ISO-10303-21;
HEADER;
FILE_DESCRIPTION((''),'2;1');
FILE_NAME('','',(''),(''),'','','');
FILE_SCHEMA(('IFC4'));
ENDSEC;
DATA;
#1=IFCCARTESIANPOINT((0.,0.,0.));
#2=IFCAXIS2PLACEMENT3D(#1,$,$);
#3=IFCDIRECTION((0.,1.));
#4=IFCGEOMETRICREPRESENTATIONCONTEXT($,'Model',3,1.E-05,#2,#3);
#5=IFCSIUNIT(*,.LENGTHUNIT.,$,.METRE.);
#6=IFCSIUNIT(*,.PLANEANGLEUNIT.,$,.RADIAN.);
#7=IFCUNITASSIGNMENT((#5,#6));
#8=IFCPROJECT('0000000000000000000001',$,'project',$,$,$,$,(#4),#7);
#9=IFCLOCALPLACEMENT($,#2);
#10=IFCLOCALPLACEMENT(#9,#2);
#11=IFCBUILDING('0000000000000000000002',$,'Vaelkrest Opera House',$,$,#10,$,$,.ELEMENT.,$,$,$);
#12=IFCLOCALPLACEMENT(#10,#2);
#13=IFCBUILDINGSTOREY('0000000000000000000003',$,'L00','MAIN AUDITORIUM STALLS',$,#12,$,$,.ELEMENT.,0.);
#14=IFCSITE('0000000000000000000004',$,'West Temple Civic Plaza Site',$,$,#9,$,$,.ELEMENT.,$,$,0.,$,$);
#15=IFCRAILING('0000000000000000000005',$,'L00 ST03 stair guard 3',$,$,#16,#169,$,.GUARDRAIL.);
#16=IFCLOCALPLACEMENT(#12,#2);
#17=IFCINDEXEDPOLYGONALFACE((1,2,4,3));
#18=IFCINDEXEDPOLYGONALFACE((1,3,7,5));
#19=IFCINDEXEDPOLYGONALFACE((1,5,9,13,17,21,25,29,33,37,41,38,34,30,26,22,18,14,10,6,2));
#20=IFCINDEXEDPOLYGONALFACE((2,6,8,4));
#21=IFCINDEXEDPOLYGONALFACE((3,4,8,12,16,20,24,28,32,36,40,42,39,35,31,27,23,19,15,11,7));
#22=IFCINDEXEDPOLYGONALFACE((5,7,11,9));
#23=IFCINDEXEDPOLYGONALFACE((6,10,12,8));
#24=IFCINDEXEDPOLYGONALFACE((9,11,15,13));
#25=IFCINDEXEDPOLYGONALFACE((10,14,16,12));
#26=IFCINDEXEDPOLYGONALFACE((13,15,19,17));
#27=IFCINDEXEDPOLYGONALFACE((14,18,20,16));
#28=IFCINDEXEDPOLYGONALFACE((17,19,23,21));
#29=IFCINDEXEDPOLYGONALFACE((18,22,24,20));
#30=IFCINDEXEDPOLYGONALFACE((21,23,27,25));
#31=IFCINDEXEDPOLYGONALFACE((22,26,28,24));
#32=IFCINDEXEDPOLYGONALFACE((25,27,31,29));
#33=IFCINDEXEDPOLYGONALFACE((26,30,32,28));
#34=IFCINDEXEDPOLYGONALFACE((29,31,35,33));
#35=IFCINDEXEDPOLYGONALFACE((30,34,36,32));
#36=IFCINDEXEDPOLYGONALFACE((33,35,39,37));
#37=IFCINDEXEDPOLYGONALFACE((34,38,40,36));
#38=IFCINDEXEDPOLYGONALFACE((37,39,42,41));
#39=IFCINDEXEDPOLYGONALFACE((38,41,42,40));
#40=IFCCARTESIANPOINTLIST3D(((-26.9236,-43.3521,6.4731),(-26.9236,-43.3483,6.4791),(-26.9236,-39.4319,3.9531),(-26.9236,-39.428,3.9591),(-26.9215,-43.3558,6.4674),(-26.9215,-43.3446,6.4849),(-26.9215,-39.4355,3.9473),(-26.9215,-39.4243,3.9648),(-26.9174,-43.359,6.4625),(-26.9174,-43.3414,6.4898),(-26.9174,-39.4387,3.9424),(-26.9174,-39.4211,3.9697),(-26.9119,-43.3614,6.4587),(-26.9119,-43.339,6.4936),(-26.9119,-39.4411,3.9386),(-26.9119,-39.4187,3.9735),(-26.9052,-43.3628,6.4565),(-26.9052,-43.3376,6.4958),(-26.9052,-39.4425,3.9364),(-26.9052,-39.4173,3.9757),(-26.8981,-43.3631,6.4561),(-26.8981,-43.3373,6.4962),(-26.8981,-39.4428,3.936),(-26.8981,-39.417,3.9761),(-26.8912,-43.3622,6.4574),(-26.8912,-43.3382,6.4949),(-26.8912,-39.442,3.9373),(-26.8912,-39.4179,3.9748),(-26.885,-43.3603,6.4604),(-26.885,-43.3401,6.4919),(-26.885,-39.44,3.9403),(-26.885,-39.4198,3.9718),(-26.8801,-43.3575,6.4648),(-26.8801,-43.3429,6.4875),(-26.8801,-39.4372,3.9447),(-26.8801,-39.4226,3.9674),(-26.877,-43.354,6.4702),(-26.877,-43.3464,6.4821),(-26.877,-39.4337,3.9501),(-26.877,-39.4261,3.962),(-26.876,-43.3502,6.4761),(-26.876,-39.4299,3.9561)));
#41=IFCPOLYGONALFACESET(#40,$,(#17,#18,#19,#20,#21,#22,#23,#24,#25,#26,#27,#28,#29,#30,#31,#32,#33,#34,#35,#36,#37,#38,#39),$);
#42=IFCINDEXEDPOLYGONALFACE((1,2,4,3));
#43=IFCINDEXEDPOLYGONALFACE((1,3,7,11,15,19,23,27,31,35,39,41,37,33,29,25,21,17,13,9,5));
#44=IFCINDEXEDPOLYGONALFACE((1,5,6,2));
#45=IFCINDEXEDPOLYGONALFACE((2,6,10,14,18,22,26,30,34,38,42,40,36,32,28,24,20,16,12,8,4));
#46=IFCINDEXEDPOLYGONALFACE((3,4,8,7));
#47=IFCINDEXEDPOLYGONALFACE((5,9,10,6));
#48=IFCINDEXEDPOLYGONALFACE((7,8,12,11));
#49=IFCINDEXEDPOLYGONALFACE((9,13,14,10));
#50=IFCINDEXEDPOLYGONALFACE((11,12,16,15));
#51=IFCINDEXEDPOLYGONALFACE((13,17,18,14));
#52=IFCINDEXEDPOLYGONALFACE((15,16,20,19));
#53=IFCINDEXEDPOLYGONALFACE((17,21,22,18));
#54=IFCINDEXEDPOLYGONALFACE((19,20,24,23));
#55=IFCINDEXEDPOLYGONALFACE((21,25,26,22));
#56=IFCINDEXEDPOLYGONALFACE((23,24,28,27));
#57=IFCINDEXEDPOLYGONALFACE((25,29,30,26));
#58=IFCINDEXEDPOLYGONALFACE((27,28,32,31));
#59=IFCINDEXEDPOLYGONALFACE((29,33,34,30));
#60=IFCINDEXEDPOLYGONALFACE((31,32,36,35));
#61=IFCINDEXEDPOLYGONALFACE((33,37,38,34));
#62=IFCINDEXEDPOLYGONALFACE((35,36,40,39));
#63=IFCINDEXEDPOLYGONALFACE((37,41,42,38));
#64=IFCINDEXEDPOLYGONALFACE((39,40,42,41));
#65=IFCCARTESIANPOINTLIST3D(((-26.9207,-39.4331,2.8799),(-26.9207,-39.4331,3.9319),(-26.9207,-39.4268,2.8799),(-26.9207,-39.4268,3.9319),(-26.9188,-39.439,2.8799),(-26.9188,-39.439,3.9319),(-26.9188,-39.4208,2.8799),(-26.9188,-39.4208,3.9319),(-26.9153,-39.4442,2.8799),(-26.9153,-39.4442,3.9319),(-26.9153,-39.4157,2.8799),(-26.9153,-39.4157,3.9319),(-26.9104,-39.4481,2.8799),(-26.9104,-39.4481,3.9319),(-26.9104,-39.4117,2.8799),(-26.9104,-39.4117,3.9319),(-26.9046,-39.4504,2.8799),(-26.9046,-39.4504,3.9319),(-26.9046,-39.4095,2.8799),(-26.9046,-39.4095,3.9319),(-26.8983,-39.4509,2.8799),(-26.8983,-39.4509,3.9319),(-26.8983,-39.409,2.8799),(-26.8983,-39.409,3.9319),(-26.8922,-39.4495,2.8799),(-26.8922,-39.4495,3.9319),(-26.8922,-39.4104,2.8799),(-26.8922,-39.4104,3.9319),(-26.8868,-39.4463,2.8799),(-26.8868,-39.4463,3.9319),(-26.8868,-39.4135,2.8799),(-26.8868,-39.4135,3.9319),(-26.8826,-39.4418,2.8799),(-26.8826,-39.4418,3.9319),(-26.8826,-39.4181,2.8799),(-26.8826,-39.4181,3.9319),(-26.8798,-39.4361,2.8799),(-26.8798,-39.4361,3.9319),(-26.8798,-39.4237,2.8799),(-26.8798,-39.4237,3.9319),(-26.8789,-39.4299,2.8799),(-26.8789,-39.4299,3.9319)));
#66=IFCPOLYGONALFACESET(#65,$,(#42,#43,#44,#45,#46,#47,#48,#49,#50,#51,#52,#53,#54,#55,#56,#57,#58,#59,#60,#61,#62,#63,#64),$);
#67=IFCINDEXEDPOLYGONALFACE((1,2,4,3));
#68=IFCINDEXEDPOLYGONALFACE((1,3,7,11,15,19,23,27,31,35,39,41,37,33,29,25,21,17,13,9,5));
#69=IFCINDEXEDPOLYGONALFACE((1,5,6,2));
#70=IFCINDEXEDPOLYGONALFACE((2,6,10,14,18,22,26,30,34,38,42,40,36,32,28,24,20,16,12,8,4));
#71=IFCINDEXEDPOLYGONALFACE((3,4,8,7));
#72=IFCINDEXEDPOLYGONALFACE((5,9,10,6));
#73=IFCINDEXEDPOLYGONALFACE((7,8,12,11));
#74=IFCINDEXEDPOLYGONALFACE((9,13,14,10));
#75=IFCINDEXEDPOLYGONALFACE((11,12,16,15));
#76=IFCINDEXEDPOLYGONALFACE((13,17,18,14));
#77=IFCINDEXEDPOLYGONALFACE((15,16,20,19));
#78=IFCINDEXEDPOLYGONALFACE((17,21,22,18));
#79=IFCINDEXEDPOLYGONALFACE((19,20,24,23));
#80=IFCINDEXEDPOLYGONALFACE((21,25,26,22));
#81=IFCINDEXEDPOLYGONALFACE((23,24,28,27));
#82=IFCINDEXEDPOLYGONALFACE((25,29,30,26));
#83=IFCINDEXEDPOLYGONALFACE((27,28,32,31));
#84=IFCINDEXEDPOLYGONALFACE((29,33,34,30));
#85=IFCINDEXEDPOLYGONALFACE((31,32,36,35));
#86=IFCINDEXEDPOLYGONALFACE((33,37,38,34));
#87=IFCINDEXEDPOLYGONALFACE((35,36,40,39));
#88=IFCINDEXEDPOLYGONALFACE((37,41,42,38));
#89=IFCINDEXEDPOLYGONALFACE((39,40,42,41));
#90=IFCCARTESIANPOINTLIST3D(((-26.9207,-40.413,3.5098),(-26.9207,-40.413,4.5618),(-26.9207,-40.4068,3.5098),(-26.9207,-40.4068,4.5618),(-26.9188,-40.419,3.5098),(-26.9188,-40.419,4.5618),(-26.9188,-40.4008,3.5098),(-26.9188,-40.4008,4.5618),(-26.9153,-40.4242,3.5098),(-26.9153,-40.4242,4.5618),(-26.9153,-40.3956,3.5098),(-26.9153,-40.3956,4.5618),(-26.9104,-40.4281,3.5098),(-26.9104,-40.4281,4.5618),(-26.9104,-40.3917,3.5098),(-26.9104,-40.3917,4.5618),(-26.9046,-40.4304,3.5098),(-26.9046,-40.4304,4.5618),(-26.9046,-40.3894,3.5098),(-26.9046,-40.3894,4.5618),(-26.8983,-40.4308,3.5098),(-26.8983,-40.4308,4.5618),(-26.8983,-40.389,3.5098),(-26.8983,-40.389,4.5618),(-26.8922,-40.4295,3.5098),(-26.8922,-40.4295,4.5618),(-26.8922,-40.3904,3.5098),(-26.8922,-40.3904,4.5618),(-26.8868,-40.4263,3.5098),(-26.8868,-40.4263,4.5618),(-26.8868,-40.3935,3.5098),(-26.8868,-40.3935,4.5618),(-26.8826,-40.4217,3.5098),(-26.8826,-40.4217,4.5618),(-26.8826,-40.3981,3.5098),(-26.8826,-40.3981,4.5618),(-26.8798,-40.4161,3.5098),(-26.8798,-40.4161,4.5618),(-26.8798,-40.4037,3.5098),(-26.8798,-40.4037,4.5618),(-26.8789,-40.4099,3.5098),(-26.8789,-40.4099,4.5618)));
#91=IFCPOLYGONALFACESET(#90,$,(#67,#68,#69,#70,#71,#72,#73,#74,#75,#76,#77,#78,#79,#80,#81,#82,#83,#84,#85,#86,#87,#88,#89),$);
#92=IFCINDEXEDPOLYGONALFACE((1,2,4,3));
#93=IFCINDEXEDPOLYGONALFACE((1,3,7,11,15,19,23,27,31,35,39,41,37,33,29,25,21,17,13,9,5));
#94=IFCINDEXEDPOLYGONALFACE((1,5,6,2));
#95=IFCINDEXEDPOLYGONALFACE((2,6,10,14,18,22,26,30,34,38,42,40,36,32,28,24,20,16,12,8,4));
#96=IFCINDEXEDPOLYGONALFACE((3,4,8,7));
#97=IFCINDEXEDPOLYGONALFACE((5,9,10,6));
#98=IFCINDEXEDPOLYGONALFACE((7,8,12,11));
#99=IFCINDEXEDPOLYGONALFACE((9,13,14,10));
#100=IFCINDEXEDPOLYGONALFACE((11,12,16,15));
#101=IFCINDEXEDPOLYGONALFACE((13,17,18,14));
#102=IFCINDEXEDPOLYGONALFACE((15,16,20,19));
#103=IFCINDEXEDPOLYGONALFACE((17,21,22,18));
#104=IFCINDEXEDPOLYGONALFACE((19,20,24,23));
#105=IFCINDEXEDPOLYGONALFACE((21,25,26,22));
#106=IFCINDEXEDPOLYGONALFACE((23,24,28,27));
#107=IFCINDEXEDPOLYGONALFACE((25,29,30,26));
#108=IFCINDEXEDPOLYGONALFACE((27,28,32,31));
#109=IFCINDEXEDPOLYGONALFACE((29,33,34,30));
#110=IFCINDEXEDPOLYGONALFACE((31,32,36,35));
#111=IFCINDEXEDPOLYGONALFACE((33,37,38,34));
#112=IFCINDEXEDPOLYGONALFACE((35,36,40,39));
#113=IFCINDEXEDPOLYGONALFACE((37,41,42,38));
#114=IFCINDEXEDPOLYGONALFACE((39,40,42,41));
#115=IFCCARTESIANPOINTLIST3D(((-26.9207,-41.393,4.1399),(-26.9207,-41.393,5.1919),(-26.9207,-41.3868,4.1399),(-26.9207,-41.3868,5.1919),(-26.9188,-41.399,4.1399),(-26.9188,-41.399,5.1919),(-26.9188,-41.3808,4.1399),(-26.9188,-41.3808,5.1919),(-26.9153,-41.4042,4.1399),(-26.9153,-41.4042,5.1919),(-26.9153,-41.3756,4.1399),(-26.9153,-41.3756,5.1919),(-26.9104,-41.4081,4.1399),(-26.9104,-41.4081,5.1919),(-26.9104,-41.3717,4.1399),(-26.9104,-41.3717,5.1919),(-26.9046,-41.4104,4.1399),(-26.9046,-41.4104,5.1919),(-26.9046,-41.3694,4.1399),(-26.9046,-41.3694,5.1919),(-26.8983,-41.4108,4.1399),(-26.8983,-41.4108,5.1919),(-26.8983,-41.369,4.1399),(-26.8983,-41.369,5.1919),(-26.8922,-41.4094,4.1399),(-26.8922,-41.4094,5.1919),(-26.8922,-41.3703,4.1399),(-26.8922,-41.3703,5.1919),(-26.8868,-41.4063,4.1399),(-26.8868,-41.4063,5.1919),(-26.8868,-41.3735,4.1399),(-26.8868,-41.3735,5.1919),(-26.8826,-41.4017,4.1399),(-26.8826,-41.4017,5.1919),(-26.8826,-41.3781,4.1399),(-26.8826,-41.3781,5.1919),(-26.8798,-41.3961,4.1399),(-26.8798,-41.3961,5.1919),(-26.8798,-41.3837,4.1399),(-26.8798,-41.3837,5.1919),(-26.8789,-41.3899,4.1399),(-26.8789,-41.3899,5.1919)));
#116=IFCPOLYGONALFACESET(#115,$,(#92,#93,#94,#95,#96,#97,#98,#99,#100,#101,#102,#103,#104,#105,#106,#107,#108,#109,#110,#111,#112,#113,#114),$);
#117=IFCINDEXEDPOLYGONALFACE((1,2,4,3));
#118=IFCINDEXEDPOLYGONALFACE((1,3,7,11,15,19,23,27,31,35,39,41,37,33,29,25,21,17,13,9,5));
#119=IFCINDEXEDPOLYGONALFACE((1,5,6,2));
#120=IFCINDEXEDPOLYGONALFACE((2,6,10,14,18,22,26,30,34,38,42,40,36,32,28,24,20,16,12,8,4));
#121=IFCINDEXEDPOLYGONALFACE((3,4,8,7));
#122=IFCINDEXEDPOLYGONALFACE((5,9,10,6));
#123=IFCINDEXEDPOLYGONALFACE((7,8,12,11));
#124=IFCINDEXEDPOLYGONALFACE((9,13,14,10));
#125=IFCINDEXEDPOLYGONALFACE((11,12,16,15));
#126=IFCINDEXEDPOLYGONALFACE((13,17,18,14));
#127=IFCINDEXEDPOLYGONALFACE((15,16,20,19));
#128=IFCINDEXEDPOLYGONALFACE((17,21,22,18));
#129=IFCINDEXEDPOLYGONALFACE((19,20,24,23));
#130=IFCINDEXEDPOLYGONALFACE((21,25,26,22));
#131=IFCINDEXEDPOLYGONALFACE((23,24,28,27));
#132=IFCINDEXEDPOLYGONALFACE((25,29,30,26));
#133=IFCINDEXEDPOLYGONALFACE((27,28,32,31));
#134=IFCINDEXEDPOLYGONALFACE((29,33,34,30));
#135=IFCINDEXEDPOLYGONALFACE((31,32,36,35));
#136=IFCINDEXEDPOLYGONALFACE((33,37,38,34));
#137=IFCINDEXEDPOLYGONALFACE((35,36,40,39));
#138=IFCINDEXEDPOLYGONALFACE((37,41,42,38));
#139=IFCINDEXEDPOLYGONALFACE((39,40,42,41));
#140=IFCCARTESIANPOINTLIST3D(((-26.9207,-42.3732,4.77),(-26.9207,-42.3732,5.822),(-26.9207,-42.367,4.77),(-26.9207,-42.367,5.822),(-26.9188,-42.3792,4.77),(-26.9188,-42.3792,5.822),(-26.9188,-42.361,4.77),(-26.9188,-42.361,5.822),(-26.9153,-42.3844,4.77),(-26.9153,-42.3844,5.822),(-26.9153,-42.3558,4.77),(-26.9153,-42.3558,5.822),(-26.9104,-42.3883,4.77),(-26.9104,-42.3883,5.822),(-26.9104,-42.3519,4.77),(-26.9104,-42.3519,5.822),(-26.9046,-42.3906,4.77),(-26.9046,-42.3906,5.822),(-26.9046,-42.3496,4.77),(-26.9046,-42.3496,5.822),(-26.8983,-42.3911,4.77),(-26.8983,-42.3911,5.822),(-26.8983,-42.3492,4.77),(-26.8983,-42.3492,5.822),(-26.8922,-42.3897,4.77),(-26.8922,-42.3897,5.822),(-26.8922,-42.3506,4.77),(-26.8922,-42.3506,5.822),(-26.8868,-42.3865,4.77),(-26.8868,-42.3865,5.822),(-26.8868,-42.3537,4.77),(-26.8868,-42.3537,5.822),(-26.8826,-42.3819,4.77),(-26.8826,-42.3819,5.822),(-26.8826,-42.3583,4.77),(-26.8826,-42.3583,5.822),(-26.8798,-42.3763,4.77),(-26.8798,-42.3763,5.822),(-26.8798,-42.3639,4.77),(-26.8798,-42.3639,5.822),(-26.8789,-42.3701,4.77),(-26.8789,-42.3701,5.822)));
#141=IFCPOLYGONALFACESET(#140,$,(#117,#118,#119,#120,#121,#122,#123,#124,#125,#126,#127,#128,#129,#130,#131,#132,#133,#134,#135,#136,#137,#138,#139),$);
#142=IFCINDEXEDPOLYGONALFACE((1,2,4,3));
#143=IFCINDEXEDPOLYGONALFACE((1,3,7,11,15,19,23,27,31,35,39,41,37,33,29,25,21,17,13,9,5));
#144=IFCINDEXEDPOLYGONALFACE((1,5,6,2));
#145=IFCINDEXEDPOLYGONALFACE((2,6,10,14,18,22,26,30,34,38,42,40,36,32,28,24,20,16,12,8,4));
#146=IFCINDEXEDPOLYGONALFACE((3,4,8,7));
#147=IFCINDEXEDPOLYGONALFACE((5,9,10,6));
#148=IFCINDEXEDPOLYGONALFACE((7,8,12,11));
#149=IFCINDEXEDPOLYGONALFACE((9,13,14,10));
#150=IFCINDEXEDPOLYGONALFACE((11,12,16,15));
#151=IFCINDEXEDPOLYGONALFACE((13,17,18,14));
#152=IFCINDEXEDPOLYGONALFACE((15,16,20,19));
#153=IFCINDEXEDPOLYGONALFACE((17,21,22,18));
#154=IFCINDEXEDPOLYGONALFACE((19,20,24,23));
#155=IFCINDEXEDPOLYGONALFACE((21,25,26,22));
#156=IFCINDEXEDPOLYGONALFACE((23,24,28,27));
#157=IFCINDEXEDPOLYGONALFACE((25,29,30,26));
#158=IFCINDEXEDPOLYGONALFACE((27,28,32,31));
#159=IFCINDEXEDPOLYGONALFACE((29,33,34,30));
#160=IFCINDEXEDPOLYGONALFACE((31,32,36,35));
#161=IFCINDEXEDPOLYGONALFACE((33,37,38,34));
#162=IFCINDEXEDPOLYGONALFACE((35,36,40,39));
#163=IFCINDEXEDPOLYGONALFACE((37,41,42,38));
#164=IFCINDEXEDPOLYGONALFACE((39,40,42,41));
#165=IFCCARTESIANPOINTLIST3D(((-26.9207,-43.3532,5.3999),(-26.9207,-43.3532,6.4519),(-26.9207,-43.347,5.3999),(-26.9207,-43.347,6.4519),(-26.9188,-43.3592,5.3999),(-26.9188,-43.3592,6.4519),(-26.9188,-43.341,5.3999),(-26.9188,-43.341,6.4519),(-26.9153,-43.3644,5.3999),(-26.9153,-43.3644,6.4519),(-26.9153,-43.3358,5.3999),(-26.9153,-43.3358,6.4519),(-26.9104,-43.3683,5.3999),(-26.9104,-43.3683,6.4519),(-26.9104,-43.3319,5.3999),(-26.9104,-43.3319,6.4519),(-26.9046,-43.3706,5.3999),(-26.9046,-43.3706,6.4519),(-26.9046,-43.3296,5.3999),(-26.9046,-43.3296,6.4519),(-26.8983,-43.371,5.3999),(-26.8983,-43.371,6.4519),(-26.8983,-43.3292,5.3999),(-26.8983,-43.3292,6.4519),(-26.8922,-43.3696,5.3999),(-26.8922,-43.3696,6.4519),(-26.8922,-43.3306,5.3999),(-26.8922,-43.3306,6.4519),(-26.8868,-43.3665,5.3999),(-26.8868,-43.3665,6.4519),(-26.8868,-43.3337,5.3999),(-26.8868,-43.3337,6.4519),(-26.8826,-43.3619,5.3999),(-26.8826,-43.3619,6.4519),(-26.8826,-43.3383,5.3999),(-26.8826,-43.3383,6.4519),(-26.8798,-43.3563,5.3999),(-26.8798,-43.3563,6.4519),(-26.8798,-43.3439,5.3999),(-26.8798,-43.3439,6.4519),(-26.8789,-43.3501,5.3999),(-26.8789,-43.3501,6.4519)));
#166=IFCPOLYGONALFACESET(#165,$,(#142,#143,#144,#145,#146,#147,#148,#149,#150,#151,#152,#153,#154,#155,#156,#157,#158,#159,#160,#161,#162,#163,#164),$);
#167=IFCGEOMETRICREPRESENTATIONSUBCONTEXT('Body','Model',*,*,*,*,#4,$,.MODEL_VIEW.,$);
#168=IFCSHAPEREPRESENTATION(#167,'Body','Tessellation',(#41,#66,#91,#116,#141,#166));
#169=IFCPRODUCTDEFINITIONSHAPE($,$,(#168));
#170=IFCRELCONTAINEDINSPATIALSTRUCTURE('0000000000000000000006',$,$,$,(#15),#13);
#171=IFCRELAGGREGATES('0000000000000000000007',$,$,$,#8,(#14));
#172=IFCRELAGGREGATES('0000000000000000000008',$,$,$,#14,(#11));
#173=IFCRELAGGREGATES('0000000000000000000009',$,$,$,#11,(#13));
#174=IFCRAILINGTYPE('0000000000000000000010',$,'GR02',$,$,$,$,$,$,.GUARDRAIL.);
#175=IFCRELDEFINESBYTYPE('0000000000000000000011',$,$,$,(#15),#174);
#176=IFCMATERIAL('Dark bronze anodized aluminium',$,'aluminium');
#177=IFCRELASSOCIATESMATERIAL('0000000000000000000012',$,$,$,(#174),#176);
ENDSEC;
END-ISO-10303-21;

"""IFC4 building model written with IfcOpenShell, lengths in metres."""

from ifc_helpers import new_model, si_unit, direction, frame, origin, origin_2d, place, context, subcontext, project, spatial, circle, extrude, material, type_object, element, save


model = new_model("IFC4")

# Units and contexts
model_context = context("Model", 3, precision=1e-05, world=origin(), true_north=direction((0.0, 1.0)))
body_context = subcontext(model_context, "Body", "Model", "MODEL_VIEW")
ifc_project = project(units=[si_unit("LENGTHUNIT", "METRE"), si_unit("PLANEANGLEUNIT", "RADIAN")], contexts=[model_context])

# Site, building, storey
site_placement = place(None, origin())
site = spatial("IfcSite", under=ifc_project, at=site_placement, Name="West Temple Civic Plaza Site", CompositionType="ELEMENT", RefElevation=0.0)
building_placement = place(site_placement, origin())
building = spatial("IfcBuilding", under=site, at=building_placement, Name="Vaelkrest Opera House", CompositionType="ELEMENT")
storey_placement = place(building_placement, origin())
storey = spatial("IfcBuildingStorey", under=building, at=storey_placement, Name="L00", Description="MAIN AUDITORIUM STALLS", CompositionType="ELEMENT", Elevation=0.0)

# Shared definitions
ifc_material_1 = material(Name="Dark bronze anodized aluminium", Category="aluminium")

# Railing
railing_type_1 = type_object("IfcRailingType", Name="GR02", PredefinedType="GUARDRAIL", material=ifc_material_1)
railing_1_placement = place(storey_placement, frame((-26.8999, -39.4299, 2.8799)))
element("IfcRailing", 1, at=railing_1_placement, inside=storey, type_object=railing_type_1, Name="L00 ST03 stair guard 3", PredefinedType="GUARDRAIL", context=body_context, shape_type="SweptSolid", body=[
    extrude(circle(Radius=0.0239, at=origin_2d()), frame((0.0, 0.0, 1.0762), z_axis=(0.0, -0.841187, 0.540744), x_axis=(1.0, 0.0, 0.0)), (0.0, 0.0, 1.0), 4.6604),
    extrude(circle(Radius=0.021, at=origin_2d()), origin(), (0.0, 0.0, 1.0), 1.052),
    extrude(circle(Radius=0.021, at=origin_2d()), frame((0.0, -0.98, 0.6299)), (0.0, 0.0, 1.0), 1.052),
    extrude(circle(Radius=0.021, at=origin_2d()), frame((0.0, -1.96, 1.26)), (0.0, 0.0, 1.0), 1.052),
    extrude(circle(Radius=0.021, at=origin_2d()), frame((0.0, -2.9402, 1.8901)), (0.0, 0.0, 1.0), 1.052),
    extrude(circle(Radius=0.021, at=origin_2d()), frame((0.0, -3.9202, 2.52)), (0.0, 0.0, 1.0), 1.052),
])

save(model, "model.ifc")
